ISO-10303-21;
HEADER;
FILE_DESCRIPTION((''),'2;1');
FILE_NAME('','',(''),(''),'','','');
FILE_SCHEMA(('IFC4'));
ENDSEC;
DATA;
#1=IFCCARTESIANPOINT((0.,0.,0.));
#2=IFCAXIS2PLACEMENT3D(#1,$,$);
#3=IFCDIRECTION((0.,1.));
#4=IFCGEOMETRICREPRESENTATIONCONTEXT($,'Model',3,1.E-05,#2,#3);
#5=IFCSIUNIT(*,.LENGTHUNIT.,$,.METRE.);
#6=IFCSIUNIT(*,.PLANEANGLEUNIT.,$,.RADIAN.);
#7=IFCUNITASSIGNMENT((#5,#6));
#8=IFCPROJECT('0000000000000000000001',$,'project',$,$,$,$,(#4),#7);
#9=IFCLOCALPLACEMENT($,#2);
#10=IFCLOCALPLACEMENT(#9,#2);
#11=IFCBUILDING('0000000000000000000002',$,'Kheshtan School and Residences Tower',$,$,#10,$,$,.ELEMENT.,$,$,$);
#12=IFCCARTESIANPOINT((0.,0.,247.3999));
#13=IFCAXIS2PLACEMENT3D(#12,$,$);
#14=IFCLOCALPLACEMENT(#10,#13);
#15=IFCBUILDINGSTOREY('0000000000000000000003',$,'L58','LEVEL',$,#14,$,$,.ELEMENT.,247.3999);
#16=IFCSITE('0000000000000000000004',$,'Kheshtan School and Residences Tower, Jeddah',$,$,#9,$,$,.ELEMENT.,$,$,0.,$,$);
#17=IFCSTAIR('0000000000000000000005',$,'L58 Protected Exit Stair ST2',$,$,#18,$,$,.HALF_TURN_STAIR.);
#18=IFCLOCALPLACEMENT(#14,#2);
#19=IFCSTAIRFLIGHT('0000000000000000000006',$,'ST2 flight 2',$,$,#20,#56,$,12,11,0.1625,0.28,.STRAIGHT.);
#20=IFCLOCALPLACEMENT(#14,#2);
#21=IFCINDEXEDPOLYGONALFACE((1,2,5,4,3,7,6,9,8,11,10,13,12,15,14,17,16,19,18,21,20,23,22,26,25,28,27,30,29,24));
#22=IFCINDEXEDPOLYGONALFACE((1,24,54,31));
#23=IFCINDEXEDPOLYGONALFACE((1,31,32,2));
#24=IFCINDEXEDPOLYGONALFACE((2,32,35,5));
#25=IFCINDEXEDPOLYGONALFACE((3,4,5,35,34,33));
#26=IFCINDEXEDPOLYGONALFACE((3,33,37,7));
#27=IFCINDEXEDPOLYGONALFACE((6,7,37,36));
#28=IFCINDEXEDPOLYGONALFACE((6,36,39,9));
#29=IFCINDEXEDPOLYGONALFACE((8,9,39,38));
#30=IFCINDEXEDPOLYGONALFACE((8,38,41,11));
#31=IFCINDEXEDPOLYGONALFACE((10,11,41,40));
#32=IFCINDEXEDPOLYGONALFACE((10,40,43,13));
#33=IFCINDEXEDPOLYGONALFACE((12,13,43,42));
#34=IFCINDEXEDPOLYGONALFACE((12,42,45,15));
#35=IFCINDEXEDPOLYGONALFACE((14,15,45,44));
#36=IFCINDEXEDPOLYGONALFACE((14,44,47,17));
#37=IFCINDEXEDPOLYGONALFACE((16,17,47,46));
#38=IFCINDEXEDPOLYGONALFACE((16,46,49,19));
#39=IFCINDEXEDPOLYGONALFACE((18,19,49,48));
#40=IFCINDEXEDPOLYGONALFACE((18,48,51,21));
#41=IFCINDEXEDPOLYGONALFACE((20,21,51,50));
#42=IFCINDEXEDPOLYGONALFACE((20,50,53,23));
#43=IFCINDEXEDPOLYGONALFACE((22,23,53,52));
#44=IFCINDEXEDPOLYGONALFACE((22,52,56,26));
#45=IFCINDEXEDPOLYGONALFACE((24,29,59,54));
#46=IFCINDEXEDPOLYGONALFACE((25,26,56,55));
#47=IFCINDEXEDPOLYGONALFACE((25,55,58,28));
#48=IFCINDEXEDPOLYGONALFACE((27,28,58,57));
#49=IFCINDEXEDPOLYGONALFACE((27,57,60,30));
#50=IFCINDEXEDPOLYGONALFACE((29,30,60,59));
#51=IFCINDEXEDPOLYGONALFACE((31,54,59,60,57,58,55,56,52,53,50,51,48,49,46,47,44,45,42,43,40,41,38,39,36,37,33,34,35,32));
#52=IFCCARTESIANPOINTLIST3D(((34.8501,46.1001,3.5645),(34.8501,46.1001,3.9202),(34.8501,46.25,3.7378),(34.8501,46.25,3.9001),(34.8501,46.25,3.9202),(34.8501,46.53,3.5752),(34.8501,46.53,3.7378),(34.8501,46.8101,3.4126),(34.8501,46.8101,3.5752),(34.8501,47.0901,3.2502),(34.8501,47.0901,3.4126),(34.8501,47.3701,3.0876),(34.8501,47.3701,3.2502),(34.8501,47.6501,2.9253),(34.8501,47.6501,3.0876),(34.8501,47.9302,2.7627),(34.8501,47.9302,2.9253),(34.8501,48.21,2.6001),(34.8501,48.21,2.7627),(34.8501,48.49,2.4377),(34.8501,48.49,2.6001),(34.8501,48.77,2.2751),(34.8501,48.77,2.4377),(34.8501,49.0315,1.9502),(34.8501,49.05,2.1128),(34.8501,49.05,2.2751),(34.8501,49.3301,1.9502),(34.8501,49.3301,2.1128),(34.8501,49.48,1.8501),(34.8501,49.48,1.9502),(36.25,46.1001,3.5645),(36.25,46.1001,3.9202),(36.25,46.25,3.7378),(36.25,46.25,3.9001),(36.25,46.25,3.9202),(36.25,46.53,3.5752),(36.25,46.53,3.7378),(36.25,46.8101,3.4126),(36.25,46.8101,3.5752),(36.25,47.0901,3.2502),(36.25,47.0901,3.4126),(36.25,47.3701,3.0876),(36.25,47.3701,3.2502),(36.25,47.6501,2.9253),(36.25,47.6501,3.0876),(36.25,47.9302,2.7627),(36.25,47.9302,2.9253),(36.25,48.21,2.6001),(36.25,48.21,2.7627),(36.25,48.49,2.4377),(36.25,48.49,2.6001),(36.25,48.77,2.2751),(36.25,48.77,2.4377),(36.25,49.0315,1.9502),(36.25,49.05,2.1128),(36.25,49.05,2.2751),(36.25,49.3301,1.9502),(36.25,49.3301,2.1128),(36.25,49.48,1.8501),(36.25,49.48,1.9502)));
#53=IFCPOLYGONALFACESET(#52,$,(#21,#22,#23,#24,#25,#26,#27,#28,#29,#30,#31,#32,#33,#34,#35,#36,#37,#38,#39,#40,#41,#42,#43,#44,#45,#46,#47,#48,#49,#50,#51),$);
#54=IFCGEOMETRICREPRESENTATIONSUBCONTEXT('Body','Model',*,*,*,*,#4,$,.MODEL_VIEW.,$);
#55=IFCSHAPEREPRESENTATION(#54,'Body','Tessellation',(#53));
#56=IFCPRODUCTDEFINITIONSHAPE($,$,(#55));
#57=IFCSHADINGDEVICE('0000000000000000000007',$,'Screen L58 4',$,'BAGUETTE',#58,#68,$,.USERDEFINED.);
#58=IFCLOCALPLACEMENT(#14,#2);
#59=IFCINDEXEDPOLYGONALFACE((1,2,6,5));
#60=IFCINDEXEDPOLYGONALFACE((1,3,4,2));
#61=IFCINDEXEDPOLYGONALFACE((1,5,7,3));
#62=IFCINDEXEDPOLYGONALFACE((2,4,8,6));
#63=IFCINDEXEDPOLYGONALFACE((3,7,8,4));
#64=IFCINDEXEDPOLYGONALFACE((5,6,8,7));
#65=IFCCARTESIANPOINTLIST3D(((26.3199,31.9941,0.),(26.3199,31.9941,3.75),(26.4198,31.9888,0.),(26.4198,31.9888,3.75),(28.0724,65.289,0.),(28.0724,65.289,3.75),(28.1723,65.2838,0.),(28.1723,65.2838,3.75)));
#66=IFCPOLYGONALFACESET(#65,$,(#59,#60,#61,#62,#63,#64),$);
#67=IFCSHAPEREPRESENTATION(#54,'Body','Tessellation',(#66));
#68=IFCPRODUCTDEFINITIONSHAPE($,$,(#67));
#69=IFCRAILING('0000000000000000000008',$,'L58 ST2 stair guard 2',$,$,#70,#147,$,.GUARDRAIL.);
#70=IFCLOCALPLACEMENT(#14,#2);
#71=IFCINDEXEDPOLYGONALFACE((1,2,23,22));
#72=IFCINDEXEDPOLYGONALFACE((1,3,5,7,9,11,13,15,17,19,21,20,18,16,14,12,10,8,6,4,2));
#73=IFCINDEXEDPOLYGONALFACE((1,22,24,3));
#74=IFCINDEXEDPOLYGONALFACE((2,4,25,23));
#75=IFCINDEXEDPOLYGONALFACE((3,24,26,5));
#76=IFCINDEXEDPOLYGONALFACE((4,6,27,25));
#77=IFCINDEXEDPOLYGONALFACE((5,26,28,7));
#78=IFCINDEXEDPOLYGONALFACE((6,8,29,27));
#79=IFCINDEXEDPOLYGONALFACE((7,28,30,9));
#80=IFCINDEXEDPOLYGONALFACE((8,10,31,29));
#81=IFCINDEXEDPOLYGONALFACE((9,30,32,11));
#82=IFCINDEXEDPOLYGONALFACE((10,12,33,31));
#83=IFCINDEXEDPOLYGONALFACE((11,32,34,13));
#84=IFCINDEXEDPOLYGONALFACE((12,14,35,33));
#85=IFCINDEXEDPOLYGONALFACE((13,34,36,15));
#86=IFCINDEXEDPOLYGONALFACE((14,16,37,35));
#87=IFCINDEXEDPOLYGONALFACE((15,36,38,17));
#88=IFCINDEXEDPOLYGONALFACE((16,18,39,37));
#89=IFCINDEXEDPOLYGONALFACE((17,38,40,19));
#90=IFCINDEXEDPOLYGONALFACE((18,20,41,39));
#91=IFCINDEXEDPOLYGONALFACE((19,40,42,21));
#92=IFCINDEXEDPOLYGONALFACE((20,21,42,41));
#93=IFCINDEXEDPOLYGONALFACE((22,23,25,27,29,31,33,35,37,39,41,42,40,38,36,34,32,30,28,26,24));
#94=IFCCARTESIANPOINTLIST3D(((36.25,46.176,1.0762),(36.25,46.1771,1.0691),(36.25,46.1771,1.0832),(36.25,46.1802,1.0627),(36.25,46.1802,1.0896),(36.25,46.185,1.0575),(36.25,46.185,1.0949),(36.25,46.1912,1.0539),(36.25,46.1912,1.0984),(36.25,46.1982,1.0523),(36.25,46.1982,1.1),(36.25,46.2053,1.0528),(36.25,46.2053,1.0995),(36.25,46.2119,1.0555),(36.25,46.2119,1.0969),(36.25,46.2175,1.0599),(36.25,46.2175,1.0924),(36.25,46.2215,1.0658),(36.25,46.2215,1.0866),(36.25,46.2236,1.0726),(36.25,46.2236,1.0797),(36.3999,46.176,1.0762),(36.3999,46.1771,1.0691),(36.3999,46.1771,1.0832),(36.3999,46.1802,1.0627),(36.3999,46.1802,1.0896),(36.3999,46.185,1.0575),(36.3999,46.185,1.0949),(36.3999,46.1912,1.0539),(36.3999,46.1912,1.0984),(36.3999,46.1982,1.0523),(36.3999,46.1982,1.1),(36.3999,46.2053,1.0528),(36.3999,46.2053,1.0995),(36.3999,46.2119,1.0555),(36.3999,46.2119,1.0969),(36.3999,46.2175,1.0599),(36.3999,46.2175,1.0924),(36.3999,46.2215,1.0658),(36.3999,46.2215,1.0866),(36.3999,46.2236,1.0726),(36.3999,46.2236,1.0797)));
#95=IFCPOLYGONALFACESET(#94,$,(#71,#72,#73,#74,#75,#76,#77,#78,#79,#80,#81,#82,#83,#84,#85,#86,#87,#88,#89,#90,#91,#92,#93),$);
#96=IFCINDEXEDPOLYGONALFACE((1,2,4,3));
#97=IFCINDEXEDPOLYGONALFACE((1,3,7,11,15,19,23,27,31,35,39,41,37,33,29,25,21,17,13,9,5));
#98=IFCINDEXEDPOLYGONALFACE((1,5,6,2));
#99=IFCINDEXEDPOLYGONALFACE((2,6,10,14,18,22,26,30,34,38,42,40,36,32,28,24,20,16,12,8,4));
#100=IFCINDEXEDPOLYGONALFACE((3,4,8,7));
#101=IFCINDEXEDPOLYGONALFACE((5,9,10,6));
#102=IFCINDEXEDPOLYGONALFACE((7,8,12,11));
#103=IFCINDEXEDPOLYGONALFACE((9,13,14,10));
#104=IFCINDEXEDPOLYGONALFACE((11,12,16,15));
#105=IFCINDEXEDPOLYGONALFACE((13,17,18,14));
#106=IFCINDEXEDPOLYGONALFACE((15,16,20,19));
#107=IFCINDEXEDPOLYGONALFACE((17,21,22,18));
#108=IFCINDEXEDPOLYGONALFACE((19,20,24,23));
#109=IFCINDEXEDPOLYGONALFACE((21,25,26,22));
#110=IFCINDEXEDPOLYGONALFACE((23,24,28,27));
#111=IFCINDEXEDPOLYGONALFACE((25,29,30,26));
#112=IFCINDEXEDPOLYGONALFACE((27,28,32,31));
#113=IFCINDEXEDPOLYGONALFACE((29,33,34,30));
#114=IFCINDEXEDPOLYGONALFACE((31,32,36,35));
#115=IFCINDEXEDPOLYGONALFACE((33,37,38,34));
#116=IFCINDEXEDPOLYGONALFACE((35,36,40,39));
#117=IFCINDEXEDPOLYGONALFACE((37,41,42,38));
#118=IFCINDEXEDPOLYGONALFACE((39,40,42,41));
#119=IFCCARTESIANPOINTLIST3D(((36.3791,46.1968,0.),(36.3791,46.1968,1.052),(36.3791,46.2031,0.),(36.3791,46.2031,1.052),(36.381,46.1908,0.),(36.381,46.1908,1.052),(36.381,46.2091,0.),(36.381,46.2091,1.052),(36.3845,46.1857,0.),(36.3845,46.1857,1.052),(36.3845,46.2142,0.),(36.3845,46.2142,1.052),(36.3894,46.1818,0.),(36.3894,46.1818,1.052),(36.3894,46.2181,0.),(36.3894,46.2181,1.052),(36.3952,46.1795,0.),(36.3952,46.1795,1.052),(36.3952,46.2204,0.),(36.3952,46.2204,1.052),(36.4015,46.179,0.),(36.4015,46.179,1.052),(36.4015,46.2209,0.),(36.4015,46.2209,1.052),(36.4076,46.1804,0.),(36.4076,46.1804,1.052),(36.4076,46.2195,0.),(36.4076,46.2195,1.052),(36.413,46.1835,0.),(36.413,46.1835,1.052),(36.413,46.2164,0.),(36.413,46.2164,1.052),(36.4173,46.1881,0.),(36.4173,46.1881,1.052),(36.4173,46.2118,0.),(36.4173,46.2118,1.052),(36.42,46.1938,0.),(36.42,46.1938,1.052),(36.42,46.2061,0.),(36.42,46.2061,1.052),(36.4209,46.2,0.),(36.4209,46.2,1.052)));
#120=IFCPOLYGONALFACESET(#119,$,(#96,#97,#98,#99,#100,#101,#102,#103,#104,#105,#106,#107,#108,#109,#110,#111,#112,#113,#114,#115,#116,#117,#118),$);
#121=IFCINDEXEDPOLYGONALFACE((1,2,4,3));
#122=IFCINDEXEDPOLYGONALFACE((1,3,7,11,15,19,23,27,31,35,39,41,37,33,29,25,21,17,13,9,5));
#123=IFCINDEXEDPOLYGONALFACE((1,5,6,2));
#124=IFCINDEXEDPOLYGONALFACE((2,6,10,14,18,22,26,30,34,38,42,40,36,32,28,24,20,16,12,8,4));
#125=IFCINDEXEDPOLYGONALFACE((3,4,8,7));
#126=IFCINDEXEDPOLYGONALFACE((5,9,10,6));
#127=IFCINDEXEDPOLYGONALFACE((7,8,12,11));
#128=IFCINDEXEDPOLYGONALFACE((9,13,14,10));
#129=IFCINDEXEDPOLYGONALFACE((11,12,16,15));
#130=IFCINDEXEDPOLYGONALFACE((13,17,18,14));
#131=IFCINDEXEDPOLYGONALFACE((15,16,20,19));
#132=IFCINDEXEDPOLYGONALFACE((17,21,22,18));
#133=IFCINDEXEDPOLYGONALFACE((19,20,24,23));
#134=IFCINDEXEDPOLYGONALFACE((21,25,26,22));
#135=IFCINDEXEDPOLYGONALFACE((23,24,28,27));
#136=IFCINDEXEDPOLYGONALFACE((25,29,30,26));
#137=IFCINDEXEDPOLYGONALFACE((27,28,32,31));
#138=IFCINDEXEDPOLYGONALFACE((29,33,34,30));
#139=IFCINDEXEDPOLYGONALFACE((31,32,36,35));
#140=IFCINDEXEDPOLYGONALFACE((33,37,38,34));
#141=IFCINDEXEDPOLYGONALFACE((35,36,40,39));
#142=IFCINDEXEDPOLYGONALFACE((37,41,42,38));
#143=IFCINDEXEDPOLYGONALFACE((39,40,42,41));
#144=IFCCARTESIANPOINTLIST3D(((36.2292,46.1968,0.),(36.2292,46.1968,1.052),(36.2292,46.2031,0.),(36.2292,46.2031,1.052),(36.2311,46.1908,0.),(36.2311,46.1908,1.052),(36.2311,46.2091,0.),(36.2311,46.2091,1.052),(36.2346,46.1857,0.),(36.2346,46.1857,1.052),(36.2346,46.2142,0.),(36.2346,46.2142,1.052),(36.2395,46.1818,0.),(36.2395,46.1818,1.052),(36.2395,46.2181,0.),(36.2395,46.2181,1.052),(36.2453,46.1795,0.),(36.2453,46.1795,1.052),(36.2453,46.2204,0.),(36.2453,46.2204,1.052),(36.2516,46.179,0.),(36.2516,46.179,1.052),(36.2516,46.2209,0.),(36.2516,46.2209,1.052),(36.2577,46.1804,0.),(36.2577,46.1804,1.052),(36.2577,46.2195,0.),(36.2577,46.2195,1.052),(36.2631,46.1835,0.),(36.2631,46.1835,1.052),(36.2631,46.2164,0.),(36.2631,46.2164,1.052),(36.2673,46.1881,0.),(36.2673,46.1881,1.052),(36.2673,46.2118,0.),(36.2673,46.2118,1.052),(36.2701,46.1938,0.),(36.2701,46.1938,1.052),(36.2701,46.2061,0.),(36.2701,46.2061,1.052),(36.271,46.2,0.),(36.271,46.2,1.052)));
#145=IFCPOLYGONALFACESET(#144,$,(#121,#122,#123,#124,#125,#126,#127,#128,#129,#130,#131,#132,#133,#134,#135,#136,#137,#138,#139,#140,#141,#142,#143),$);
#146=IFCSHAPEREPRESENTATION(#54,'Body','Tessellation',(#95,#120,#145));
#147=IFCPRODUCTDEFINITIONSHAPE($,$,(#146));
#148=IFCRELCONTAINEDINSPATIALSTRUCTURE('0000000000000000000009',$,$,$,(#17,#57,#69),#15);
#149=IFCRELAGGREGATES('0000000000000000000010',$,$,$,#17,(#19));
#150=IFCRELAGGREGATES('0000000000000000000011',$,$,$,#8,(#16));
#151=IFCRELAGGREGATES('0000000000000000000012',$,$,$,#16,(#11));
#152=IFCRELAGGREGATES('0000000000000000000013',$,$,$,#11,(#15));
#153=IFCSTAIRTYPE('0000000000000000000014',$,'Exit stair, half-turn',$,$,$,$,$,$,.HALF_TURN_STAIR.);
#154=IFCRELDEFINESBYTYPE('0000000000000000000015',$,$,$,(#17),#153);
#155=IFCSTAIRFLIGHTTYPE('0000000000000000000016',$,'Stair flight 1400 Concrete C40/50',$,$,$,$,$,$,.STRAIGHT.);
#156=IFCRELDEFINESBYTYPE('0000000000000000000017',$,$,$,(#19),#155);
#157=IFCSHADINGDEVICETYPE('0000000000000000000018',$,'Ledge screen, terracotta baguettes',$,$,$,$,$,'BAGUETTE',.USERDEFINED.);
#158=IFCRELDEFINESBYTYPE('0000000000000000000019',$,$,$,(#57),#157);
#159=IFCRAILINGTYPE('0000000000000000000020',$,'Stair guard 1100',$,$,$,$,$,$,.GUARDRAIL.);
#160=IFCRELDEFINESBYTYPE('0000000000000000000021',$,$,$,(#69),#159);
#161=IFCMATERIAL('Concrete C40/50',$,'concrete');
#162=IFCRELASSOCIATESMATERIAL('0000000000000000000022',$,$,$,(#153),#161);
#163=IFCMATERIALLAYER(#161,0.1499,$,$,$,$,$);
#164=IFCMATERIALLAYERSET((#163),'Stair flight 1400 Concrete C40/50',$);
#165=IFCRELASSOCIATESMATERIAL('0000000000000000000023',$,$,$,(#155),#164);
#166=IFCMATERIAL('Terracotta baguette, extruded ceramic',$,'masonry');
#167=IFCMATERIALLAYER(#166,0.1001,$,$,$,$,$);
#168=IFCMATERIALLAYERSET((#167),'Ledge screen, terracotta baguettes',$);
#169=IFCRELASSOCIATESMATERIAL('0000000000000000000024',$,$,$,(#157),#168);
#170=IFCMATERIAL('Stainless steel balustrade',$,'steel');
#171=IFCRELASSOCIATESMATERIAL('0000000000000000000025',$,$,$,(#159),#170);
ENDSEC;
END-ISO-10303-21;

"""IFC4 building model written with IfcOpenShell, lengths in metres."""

from ifc_helpers import new_model, si_unit, direction, frame, origin, origin_2d, place, context, subcontext, project, spatial, polyline, rectangle, circle, outline, extrude, material, layer, layer_set, type_object, element, aggregate, save


model = new_model("IFC4")

# Units and contexts
model_context = context("Model", 3, precision=1e-05, world=origin(), true_north=direction((0.0, 1.0)))
body_context = subcontext(model_context, "Body", "Model", "MODEL_VIEW")
ifc_project = project(units=[si_unit("LENGTHUNIT", "METRE"), si_unit("PLANEANGLEUNIT", "RADIAN")], contexts=[model_context])

# Site, building, storey
site_placement = place(None, origin())
site = spatial("IfcSite", under=ifc_project, at=site_placement, Name="Kheshtan School and Residences Tower, Jeddah", CompositionType="ELEMENT", RefElevation=0.0)
building_placement = place(site_placement, origin())
building = spatial("IfcBuilding", under=site, at=building_placement, Name="Kheshtan School and Residences Tower", CompositionType="ELEMENT")
storey_placement = place(building_placement, frame((0.0, 0.0, 247.3999)))
storey = spatial("IfcBuildingStorey", under=building, at=storey_placement, Name="L58", Description="LEVEL", CompositionType="ELEMENT", Elevation=247.3999)

# Shared definitions
ifc_material_1 = material(Name="Concrete C40/50", Category="concrete")

# Stair, stair flight
stair_type = type_object("IfcStairType", Name="Exit stair, half-turn", PredefinedType="HALF_TURN_STAIR", material=ifc_material_1)
stair_placement = place(storey_placement, origin())
stair = element("IfcStair", 1, at=stair_placement, inside=storey, type_object=stair_type, Name="L58 Protected Exit Stair ST2", PredefinedType="HALF_TURN_STAIR")
ifc_layer_1 = layer(ifc_material_1, 0.1499)
ifc_layer_set_1 = layer_set([ifc_layer_1], Name="Stair flight 1400 Concrete C40/50")
stair_flight_type = type_object("IfcStairFlightType", Name="Stair flight 1400 Concrete C40/50", PredefinedType="STRAIGHT", material=ifc_layer_set_1)
stair_flight_1_placement = place(storey_placement, frame((35.55, 49.3301, 1.9502), z_axis=(0.0, 0.0, 1.0), x_axis=(0.0, -1.0, 0.0)))
stair_flight_1 = element("IfcStairFlight", 2, at=stair_flight_1_placement, type_object=stair_flight_type, Name="ST2 flight 2", NumberOfRisers=12, NumberOfTreads=11, PredefinedType="STRAIGHT", RiserHeight=0.1625, TreadLength=0.28, context=body_context, shape_type="SweptSolid", body=[
    extrude(outline(polyline([(-0.1499, -0.1001), (-0.1499, 0.0), (0.0, 0.0), (0.0, 0.1626), (0.28, 0.1626), (0.28, 0.325), (0.5601, 0.325), (0.5601, 0.4875), (0.8401, 0.4875), (0.8401, 0.6499), (1.1201, 0.6499), (1.1201, 0.8125), (1.3999, 0.8125), (1.3999, 0.9751), (1.6799, 0.9751), (1.6799, 1.1375), (1.96, 1.1375), (1.96, 1.3), (2.24, 1.3), (2.24, 1.4624), (2.52, 1.4624), (2.52, 1.625), (2.8, 1.625), (2.8, 1.7876), (3.0801, 1.7876), (3.0801, 1.95), (3.0801, 1.97), (3.23, 1.97), (3.23, 1.6143), (0.2986, 0.0), (-0.1499, -0.1001)])), frame((0.0, 0.7, 0.0), z_axis=(0.0, -1.0, 0.0), x_axis=(1.0, 0.0, 0.0)), (0.0, 0.0, 1.0), 1.3999),
])
aggregate(stair, [stair_flight_1])

# Shading device
ifc_material_2 = material(Name="Terracotta baguette, extruded ceramic", Category="masonry")
ifc_layer_2 = layer(ifc_material_2, 0.1001)
ifc_layer_set_2 = layer_set([ifc_layer_2], Name="Ledge screen, terracotta baguettes")
shading_device_type = type_object("IfcShadingDeviceType", Name="Ledge screen, terracotta baguettes", ElementType="BAGUETTE", PredefinedType="USERDEFINED", material=ifc_layer_set_2)
shading_device_placement = place(storey_placement, frame((27.2461, 48.6389, 0.0), z_axis=(0.0, 0.0, 1.0), x_axis=(0.052563, 0.998618, 0.0)))
element("IfcShadingDevice", 3, at=shading_device_placement, inside=storey, type_object=shading_device_type, Name="Screen L58 4", ObjectType="BAGUETTE", PredefinedType="USERDEFINED", context=body_context, shape_type="SweptSolid", body=[
    extrude(rectangle(XDim=33.3411, YDim=0.1001, at=origin_2d()), origin(), (0.0, 0.0, 1.0), 3.75),
])

# Railing
ifc_material_3 = material(Name="Stainless steel balustrade", Category="steel")
railing_type_1 = type_object("IfcRailingType", Name="Stair guard 1100", PredefinedType="GUARDRAIL", material=ifc_material_3)
railing_1_placement = place(storey_placement, frame((36.3999, 46.2, 0.0)))
element("IfcRailing", 4, at=railing_1_placement, inside=storey, type_object=railing_type_1, Name="L58 ST2 stair guard 2", PredefinedType="GUARDRAIL", context=body_context, shape_type="SweptSolid", body=[
    extrude(circle(Radius=0.0239, at=origin_2d()), frame((0.0, 0.0, 1.0762), z_axis=(-1.0, 0.0, 0.0), x_axis=(0.0, -1.0, 0.0)), (0.0, 0.0, 1.0), 0.1499),
    extrude(circle(Radius=0.021, at=origin_2d()), origin(), (0.0, 0.0, 1.0), 1.052),
    extrude(circle(Radius=0.021, at=origin_2d()), frame((-0.1499, 0.0, 0.0)), (0.0, 0.0, 1.0), 1.052),
])

save(model, "model.ifc")
